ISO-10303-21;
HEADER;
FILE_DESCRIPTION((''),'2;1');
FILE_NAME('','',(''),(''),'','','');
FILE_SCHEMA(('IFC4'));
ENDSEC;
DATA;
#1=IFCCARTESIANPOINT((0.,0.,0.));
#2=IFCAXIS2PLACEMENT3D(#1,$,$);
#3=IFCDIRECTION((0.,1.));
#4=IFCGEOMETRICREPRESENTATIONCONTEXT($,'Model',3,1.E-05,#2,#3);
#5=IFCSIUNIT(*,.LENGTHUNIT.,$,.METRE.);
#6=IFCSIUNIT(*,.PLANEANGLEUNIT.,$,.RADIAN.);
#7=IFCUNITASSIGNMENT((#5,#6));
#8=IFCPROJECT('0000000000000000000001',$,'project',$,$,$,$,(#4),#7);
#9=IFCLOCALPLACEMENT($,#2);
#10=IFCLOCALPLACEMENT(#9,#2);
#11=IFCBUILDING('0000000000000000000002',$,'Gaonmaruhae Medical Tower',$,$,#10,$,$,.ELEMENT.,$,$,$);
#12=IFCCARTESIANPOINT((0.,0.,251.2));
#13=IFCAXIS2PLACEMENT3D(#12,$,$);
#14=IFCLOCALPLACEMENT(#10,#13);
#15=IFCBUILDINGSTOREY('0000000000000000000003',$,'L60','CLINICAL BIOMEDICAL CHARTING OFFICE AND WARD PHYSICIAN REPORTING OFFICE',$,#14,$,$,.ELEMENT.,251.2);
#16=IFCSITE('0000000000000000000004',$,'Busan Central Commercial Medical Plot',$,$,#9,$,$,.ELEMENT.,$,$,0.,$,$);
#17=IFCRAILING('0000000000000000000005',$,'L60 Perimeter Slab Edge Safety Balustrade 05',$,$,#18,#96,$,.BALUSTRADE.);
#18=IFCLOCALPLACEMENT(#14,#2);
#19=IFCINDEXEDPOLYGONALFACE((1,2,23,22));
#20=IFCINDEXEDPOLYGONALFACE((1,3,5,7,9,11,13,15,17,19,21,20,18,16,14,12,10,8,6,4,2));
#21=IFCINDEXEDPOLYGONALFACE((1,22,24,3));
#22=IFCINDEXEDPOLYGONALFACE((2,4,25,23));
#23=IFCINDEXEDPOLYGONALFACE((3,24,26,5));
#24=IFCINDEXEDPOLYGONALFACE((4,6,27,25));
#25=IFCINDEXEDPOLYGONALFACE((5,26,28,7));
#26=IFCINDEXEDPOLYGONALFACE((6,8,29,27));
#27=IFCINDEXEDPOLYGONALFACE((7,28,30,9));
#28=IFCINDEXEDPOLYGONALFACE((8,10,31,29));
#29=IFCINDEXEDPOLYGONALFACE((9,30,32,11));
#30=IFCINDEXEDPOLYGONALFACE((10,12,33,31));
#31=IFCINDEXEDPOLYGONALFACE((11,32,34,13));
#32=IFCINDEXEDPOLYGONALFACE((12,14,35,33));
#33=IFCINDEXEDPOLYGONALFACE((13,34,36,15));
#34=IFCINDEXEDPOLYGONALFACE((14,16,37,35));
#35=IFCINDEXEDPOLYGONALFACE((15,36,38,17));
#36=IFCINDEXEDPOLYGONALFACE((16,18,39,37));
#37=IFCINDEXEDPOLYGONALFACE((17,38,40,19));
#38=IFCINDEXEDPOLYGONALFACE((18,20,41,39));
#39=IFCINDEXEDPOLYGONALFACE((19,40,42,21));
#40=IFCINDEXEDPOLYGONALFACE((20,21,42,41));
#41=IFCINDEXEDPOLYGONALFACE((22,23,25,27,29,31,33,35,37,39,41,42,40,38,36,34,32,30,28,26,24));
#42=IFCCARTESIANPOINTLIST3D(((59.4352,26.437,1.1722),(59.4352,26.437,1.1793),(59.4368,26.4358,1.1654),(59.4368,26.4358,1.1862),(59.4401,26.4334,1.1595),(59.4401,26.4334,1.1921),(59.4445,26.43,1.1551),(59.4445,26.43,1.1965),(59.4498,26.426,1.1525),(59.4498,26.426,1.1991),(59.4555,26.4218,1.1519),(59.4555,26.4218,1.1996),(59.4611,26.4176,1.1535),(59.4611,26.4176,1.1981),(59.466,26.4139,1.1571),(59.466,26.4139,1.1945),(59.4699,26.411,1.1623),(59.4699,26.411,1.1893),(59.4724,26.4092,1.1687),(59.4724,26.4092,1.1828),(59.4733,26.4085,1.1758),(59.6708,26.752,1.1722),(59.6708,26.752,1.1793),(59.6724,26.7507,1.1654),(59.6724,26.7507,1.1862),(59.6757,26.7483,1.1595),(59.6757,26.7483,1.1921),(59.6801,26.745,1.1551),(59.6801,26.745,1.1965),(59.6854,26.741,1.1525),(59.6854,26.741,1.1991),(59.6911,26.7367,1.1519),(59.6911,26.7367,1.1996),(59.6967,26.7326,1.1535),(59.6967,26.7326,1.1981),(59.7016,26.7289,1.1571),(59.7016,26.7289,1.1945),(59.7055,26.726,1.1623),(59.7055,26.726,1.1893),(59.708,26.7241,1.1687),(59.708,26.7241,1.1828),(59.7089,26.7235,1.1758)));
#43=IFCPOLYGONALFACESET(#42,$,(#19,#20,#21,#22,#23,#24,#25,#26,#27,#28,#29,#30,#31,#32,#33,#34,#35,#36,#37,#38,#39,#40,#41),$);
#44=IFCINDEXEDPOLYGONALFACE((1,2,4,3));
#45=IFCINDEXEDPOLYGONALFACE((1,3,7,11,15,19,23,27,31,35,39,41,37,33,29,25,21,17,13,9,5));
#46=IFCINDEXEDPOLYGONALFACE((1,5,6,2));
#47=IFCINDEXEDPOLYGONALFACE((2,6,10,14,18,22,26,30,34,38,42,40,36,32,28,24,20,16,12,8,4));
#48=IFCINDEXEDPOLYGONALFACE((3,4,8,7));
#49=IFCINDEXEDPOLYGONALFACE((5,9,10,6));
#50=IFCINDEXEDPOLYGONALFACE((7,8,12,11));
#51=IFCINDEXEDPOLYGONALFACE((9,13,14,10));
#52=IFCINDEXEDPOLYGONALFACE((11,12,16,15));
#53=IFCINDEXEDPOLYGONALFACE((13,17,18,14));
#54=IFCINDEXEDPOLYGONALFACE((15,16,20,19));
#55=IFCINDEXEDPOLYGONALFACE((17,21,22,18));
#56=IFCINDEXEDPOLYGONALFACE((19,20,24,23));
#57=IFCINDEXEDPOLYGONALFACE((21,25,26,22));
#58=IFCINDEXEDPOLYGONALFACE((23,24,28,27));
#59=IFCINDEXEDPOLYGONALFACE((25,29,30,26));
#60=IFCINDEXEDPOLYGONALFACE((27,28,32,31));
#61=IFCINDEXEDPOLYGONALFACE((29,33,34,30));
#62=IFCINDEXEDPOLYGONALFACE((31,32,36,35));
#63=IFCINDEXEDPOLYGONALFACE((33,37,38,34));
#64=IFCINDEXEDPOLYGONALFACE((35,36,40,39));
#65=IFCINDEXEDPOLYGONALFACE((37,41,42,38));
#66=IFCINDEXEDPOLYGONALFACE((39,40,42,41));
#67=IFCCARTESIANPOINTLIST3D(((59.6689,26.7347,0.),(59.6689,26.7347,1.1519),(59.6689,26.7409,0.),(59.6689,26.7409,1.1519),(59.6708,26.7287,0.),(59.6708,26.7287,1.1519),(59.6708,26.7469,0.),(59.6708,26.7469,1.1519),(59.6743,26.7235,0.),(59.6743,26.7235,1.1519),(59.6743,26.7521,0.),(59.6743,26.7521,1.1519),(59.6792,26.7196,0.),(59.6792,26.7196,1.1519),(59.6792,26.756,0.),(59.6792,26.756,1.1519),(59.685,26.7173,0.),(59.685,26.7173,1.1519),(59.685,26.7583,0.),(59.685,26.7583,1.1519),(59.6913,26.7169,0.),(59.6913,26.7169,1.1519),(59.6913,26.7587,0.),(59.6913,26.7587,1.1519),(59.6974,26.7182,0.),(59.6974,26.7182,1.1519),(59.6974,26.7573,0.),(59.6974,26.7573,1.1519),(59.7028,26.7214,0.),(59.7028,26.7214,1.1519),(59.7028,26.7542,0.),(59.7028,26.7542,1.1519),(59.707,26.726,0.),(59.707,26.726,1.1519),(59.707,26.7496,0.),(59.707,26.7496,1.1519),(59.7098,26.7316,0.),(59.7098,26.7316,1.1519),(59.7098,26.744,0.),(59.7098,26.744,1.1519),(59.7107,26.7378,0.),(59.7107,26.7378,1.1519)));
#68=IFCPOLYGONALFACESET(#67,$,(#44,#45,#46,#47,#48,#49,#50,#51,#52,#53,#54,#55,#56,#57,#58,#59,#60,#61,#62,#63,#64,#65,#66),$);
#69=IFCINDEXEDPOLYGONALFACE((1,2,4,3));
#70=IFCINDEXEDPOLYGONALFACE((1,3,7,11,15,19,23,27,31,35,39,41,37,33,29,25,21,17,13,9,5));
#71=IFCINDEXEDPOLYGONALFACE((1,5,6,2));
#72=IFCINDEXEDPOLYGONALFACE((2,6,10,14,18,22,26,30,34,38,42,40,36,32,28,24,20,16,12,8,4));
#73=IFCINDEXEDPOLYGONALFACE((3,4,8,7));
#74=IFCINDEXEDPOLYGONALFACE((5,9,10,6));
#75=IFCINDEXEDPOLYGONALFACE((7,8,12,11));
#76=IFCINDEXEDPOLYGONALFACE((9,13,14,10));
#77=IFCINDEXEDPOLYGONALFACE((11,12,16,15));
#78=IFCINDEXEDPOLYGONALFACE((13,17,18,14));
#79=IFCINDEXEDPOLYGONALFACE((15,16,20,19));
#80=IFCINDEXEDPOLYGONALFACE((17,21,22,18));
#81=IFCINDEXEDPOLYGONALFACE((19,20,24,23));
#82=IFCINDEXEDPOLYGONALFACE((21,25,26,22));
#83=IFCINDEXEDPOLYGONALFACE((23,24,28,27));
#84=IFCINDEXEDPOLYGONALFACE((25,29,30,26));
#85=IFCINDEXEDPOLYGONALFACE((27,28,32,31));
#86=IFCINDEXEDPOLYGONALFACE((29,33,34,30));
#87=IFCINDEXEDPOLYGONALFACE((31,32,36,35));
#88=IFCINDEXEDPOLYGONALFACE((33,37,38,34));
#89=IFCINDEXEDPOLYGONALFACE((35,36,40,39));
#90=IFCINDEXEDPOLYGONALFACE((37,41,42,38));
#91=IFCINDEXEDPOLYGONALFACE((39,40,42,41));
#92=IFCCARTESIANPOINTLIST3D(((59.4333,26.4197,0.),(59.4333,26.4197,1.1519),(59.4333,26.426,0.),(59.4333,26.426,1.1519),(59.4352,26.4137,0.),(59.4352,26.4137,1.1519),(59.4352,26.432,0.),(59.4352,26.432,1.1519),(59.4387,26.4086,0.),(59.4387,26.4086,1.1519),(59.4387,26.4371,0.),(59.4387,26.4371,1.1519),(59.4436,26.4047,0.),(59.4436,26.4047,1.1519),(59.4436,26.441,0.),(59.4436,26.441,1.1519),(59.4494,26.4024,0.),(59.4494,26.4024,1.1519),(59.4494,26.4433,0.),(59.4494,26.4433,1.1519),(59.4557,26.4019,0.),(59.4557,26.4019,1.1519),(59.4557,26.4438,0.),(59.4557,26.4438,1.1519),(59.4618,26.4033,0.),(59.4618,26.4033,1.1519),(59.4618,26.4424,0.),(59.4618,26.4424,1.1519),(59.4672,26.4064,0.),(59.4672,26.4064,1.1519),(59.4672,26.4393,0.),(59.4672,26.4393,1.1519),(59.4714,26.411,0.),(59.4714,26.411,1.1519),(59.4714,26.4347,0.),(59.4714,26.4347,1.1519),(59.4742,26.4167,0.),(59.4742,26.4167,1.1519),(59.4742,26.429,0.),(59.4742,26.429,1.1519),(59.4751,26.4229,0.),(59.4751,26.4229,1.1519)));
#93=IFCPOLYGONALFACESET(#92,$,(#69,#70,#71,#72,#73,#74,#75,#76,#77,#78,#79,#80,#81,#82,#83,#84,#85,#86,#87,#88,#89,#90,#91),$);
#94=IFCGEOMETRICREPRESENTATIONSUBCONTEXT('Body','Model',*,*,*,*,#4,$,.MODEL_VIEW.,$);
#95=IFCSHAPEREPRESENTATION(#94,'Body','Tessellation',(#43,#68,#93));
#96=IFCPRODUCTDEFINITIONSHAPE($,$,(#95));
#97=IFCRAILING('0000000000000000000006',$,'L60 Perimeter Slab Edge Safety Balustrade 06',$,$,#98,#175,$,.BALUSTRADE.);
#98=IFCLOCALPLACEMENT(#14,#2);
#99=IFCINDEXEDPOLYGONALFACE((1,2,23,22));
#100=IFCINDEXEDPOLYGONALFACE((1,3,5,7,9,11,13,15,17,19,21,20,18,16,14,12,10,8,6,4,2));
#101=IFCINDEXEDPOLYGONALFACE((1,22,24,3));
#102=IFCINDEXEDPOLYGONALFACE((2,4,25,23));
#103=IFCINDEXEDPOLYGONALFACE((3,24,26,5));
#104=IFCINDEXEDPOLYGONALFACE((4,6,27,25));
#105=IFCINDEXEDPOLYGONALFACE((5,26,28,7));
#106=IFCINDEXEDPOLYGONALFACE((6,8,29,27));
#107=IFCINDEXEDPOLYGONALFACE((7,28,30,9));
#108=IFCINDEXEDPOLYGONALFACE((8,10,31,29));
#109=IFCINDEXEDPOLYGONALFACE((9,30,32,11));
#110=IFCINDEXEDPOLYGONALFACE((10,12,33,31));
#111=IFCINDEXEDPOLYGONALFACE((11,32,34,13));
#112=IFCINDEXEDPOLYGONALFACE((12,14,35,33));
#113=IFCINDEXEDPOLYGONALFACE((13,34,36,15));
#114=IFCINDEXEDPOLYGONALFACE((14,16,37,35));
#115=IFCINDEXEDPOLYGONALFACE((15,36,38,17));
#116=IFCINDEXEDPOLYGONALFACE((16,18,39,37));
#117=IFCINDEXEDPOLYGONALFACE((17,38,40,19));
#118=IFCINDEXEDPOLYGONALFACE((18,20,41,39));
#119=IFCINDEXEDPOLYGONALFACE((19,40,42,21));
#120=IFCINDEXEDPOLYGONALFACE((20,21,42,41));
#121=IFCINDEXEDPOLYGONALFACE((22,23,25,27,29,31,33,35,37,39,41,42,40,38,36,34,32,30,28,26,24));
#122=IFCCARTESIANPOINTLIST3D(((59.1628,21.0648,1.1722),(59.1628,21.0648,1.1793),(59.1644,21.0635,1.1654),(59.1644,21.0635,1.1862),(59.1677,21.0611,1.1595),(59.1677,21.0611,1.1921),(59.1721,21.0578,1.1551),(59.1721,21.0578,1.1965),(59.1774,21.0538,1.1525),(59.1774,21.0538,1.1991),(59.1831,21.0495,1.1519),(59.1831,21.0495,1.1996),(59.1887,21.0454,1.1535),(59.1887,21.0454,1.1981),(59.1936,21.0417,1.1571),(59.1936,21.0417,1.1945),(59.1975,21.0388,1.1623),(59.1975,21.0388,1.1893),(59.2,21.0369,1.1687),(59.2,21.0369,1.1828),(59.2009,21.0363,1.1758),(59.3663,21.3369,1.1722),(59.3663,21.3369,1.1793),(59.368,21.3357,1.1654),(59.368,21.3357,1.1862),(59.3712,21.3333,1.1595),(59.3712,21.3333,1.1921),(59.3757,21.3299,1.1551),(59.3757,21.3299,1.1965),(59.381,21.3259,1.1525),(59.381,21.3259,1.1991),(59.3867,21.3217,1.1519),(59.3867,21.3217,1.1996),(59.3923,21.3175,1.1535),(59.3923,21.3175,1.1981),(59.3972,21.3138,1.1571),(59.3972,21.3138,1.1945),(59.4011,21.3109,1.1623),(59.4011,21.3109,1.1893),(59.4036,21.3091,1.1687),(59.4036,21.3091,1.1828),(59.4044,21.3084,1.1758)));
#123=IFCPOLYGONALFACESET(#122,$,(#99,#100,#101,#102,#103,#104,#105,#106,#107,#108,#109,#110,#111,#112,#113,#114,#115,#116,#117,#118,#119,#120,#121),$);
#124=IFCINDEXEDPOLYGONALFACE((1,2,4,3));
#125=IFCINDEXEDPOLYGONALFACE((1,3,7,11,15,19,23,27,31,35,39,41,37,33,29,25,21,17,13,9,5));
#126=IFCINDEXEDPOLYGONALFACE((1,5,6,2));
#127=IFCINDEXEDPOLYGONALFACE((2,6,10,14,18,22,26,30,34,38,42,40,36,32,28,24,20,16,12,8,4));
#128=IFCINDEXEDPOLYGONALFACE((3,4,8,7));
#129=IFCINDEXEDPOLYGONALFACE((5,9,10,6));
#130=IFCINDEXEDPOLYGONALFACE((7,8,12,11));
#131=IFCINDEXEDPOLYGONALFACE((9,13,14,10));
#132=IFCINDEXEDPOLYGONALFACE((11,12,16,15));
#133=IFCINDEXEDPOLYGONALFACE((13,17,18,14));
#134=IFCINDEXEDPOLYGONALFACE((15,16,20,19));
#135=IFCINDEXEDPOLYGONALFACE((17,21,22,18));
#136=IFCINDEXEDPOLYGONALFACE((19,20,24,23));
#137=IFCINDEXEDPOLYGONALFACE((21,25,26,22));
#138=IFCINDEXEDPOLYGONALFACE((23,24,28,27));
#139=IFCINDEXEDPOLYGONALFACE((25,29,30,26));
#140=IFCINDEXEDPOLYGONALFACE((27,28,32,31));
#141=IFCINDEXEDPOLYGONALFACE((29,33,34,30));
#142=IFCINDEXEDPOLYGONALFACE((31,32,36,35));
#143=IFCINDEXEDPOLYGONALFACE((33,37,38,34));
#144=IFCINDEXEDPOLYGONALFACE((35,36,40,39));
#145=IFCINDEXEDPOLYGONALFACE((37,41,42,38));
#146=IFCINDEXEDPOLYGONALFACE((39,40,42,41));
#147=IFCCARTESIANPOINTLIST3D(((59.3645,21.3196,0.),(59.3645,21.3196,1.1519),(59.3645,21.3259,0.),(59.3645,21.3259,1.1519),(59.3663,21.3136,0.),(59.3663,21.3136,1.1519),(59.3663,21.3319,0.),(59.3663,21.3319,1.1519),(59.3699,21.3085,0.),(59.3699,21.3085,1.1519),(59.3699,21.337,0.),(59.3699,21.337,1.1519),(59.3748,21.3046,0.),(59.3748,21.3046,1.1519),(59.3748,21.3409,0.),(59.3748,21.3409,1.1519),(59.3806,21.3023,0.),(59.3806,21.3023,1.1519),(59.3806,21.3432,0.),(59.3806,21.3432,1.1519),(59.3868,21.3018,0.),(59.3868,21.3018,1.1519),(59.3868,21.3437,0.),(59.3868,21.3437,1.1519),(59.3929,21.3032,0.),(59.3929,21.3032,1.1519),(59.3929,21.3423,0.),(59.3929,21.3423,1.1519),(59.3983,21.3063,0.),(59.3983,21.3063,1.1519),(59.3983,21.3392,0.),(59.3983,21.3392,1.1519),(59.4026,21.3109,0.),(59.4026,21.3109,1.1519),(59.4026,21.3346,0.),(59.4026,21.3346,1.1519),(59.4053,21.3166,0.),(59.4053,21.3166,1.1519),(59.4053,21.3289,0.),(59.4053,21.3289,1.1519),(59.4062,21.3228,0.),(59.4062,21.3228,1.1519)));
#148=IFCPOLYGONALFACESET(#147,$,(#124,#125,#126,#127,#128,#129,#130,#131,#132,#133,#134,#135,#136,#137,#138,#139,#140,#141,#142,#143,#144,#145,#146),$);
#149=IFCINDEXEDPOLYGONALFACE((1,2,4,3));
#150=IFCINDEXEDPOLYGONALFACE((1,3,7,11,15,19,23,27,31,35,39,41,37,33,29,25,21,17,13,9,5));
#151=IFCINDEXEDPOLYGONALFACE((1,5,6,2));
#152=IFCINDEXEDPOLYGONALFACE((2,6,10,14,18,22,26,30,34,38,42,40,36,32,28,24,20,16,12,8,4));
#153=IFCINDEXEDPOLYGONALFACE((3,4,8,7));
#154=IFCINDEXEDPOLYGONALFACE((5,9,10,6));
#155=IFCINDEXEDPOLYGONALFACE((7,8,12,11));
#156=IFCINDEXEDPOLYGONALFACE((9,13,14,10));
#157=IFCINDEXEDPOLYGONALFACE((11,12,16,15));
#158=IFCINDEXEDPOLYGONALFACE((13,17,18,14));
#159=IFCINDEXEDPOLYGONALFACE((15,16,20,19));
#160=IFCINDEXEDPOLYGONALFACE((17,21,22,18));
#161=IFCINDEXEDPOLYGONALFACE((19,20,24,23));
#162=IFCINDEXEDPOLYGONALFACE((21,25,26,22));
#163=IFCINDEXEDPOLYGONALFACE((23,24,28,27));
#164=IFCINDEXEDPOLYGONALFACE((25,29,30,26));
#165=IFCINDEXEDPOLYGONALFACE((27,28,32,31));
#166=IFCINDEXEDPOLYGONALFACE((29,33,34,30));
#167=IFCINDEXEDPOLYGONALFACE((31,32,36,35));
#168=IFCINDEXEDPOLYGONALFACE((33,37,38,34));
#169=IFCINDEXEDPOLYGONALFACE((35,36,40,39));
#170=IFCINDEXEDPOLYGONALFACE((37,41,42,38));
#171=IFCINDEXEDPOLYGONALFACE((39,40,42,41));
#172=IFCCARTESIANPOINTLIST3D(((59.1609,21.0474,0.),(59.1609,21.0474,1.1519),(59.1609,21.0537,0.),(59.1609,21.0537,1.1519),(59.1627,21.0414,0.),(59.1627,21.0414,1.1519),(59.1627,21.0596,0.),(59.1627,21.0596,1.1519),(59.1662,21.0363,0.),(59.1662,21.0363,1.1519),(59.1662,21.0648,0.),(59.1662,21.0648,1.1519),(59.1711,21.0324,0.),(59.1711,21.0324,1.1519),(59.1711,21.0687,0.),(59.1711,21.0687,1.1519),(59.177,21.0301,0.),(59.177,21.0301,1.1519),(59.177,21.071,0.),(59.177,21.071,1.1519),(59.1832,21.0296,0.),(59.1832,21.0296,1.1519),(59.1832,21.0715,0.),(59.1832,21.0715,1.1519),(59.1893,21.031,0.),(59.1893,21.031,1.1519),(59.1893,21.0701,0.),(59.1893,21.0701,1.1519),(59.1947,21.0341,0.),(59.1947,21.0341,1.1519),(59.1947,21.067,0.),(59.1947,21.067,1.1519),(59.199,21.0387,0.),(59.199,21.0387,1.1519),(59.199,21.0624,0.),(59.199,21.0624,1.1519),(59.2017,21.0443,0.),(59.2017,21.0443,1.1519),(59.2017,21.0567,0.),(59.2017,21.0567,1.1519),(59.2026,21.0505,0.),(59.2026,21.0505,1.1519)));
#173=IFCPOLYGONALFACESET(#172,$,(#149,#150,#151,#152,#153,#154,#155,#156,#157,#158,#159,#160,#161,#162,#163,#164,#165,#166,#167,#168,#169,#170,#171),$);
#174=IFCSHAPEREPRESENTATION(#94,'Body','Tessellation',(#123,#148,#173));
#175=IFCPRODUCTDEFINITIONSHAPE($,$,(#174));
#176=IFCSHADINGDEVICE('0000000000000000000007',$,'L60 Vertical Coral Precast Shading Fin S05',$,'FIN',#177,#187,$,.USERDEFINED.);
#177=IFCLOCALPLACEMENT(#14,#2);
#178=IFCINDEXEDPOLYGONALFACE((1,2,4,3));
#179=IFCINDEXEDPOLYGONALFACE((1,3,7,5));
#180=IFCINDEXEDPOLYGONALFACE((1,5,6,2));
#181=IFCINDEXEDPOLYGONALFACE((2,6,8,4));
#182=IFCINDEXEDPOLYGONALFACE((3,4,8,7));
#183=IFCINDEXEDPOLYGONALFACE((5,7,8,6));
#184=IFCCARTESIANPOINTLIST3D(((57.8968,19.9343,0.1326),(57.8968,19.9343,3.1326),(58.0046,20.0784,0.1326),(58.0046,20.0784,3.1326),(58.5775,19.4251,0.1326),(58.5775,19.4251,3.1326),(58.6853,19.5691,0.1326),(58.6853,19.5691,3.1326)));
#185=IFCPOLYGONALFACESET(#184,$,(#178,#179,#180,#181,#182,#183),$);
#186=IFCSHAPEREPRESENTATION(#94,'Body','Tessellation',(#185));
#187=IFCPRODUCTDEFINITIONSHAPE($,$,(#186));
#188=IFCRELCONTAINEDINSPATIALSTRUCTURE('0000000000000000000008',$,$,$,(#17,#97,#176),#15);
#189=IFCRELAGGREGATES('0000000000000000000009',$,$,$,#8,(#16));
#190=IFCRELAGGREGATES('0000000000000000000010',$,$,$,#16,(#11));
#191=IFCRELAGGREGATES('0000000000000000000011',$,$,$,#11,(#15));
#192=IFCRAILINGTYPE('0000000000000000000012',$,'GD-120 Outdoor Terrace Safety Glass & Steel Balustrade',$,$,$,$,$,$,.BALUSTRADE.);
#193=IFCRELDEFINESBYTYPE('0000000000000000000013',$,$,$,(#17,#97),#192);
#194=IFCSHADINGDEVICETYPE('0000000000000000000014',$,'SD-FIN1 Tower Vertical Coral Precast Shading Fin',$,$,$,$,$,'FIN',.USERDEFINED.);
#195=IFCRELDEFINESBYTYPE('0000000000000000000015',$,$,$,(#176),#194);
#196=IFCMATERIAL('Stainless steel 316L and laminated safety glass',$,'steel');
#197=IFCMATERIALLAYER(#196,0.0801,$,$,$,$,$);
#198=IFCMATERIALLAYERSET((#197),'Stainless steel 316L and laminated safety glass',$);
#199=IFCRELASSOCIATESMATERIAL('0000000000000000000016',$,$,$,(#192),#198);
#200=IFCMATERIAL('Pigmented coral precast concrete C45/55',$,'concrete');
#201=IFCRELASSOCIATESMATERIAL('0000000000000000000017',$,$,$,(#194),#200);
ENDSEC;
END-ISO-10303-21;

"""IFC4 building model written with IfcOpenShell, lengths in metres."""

from ifc_helpers import new_model, si_unit, direction, frame, origin, origin_2d, place, context, subcontext, project, spatial, rectangle, circle, extrude, material, layer, layer_set, type_object, element, save


model = new_model("IFC4")

# Units and contexts
model_context = context("Model", 3, precision=1e-05, world=origin(), true_north=direction((0.0, 1.0)))
body_context = subcontext(model_context, "Body", "Model", "MODEL_VIEW")
ifc_project = project(units=[si_unit("LENGTHUNIT", "METRE"), si_unit("PLANEANGLEUNIT", "RADIAN")], contexts=[model_context])

# Site, building, storey
site_placement = place(None, origin())
site = spatial("IfcSite", under=ifc_project, at=site_placement, Name="Busan Central Commercial Medical Plot", CompositionType="ELEMENT", RefElevation=0.0)
building_placement = place(site_placement, origin())
building = spatial("IfcBuilding", under=site, at=building_placement, Name="Gaonmaruhae Medical Tower", CompositionType="ELEMENT")
storey_placement = place(building_placement, frame((0.0, 0.0, 251.2)))
storey = spatial("IfcBuildingStorey", under=building, at=storey_placement, Name="L60", Description="CLINICAL BIOMEDICAL CHARTING OFFICE AND WARD PHYSICIAN REPORTING OFFICE", CompositionType="ELEMENT", Elevation=251.2)

# Railings
ifc_material_1 = material(Name="Stainless steel 316L and laminated safety glass", Category="steel")
ifc_layer_1 = layer(ifc_material_1, 0.0801)
ifc_layer_set_1 = layer_set([ifc_layer_1], Name="Stainless steel 316L and laminated safety glass")
railing_type = type_object("IfcRailingType", Name="GD-120 Outdoor Terrace Safety Glass & Steel Balustrade", PredefinedType="BALUSTRADE", material=ifc_layer_set_1)
railing_1_placement = place(storey_placement, frame((59.6897, 26.7378, 0.0)))
element("IfcRailing", 1, at=railing_1_placement, inside=storey, type_object=railing_type, Name="L60 Perimeter Slab Edge Safety Balustrade 05", PredefinedType="BALUSTRADE", context=body_context, shape_type="SweptSolid", body=[
    extrude(circle(Radius=0.0239, at=origin_2d()), frame((0.0, 0.0, 1.1758), z_axis=(-0.599006, -0.800744, 0.0), x_axis=(0.800744, -0.599006, 0.0)), (0.0, 0.0, 1.0), 0.3933),
    extrude(circle(Radius=0.021, at=origin_2d()), origin(), (0.0, 0.0, 1.0), 1.1519),
    extrude(circle(Radius=0.021, at=origin_2d()), frame((-0.2356, -0.3149, 0.0)), (0.0, 0.0, 1.0), 1.1519),
])
railing_2_placement = place(storey_placement, frame((59.3853, 21.3228, 0.0)))
element("IfcRailing", 2, at=railing_2_placement, inside=storey, type_object=railing_type, Name="L60 Perimeter Slab Edge Safety Balustrade 06", PredefinedType="BALUSTRADE", context=body_context, shape_type="SweptSolid", body=[
    extrude(circle(Radius=0.0239, at=origin_2d()), frame((0.0, 0.0, 1.1758), z_axis=(-0.598965, -0.800775, 0.0), x_axis=(0.800775, -0.598965, 0.0)), (0.0, 0.0, 1.0), 0.3398),
    extrude(circle(Radius=0.021, at=origin_2d()), origin(), (0.0, 0.0, 1.0), 1.1519),
    extrude(circle(Radius=0.021, at=origin_2d()), frame((-0.2036, -0.2722, 0.0)), (0.0, 0.0, 1.0), 1.1519),
])

# Shading device
ifc_material_2 = material(Name="Pigmented coral precast concrete C45/55", Category="concrete")
shading_device_type = type_object("IfcShadingDeviceType", Name="SD-FIN1 Tower Vertical Coral Precast Shading Fin", ElementType="FIN", PredefinedType="USERDEFINED", material=ifc_material_2)
shading_device_placement = place(storey_placement, frame((58.291, 19.7517, 0.1326), z_axis=(0.0, 0.0, 1.0), x_axis=(-0.599024, -0.800731, 0.0)))
element("IfcShadingDevice", 3, at=shading_device_placement, inside=storey, type_object=shading_device_type, Name="L60 Vertical Coral Precast Shading Fin S05", ObjectType="FIN", PredefinedType="USERDEFINED", context=body_context, shape_type="SweptSolid", body=[
    extrude(rectangle(XDim=0.1799, YDim=0.8501, at=origin_2d()), origin(), (0.0, 0.0, 1.0), 3.0),
])

save(model, "model.ifc")
